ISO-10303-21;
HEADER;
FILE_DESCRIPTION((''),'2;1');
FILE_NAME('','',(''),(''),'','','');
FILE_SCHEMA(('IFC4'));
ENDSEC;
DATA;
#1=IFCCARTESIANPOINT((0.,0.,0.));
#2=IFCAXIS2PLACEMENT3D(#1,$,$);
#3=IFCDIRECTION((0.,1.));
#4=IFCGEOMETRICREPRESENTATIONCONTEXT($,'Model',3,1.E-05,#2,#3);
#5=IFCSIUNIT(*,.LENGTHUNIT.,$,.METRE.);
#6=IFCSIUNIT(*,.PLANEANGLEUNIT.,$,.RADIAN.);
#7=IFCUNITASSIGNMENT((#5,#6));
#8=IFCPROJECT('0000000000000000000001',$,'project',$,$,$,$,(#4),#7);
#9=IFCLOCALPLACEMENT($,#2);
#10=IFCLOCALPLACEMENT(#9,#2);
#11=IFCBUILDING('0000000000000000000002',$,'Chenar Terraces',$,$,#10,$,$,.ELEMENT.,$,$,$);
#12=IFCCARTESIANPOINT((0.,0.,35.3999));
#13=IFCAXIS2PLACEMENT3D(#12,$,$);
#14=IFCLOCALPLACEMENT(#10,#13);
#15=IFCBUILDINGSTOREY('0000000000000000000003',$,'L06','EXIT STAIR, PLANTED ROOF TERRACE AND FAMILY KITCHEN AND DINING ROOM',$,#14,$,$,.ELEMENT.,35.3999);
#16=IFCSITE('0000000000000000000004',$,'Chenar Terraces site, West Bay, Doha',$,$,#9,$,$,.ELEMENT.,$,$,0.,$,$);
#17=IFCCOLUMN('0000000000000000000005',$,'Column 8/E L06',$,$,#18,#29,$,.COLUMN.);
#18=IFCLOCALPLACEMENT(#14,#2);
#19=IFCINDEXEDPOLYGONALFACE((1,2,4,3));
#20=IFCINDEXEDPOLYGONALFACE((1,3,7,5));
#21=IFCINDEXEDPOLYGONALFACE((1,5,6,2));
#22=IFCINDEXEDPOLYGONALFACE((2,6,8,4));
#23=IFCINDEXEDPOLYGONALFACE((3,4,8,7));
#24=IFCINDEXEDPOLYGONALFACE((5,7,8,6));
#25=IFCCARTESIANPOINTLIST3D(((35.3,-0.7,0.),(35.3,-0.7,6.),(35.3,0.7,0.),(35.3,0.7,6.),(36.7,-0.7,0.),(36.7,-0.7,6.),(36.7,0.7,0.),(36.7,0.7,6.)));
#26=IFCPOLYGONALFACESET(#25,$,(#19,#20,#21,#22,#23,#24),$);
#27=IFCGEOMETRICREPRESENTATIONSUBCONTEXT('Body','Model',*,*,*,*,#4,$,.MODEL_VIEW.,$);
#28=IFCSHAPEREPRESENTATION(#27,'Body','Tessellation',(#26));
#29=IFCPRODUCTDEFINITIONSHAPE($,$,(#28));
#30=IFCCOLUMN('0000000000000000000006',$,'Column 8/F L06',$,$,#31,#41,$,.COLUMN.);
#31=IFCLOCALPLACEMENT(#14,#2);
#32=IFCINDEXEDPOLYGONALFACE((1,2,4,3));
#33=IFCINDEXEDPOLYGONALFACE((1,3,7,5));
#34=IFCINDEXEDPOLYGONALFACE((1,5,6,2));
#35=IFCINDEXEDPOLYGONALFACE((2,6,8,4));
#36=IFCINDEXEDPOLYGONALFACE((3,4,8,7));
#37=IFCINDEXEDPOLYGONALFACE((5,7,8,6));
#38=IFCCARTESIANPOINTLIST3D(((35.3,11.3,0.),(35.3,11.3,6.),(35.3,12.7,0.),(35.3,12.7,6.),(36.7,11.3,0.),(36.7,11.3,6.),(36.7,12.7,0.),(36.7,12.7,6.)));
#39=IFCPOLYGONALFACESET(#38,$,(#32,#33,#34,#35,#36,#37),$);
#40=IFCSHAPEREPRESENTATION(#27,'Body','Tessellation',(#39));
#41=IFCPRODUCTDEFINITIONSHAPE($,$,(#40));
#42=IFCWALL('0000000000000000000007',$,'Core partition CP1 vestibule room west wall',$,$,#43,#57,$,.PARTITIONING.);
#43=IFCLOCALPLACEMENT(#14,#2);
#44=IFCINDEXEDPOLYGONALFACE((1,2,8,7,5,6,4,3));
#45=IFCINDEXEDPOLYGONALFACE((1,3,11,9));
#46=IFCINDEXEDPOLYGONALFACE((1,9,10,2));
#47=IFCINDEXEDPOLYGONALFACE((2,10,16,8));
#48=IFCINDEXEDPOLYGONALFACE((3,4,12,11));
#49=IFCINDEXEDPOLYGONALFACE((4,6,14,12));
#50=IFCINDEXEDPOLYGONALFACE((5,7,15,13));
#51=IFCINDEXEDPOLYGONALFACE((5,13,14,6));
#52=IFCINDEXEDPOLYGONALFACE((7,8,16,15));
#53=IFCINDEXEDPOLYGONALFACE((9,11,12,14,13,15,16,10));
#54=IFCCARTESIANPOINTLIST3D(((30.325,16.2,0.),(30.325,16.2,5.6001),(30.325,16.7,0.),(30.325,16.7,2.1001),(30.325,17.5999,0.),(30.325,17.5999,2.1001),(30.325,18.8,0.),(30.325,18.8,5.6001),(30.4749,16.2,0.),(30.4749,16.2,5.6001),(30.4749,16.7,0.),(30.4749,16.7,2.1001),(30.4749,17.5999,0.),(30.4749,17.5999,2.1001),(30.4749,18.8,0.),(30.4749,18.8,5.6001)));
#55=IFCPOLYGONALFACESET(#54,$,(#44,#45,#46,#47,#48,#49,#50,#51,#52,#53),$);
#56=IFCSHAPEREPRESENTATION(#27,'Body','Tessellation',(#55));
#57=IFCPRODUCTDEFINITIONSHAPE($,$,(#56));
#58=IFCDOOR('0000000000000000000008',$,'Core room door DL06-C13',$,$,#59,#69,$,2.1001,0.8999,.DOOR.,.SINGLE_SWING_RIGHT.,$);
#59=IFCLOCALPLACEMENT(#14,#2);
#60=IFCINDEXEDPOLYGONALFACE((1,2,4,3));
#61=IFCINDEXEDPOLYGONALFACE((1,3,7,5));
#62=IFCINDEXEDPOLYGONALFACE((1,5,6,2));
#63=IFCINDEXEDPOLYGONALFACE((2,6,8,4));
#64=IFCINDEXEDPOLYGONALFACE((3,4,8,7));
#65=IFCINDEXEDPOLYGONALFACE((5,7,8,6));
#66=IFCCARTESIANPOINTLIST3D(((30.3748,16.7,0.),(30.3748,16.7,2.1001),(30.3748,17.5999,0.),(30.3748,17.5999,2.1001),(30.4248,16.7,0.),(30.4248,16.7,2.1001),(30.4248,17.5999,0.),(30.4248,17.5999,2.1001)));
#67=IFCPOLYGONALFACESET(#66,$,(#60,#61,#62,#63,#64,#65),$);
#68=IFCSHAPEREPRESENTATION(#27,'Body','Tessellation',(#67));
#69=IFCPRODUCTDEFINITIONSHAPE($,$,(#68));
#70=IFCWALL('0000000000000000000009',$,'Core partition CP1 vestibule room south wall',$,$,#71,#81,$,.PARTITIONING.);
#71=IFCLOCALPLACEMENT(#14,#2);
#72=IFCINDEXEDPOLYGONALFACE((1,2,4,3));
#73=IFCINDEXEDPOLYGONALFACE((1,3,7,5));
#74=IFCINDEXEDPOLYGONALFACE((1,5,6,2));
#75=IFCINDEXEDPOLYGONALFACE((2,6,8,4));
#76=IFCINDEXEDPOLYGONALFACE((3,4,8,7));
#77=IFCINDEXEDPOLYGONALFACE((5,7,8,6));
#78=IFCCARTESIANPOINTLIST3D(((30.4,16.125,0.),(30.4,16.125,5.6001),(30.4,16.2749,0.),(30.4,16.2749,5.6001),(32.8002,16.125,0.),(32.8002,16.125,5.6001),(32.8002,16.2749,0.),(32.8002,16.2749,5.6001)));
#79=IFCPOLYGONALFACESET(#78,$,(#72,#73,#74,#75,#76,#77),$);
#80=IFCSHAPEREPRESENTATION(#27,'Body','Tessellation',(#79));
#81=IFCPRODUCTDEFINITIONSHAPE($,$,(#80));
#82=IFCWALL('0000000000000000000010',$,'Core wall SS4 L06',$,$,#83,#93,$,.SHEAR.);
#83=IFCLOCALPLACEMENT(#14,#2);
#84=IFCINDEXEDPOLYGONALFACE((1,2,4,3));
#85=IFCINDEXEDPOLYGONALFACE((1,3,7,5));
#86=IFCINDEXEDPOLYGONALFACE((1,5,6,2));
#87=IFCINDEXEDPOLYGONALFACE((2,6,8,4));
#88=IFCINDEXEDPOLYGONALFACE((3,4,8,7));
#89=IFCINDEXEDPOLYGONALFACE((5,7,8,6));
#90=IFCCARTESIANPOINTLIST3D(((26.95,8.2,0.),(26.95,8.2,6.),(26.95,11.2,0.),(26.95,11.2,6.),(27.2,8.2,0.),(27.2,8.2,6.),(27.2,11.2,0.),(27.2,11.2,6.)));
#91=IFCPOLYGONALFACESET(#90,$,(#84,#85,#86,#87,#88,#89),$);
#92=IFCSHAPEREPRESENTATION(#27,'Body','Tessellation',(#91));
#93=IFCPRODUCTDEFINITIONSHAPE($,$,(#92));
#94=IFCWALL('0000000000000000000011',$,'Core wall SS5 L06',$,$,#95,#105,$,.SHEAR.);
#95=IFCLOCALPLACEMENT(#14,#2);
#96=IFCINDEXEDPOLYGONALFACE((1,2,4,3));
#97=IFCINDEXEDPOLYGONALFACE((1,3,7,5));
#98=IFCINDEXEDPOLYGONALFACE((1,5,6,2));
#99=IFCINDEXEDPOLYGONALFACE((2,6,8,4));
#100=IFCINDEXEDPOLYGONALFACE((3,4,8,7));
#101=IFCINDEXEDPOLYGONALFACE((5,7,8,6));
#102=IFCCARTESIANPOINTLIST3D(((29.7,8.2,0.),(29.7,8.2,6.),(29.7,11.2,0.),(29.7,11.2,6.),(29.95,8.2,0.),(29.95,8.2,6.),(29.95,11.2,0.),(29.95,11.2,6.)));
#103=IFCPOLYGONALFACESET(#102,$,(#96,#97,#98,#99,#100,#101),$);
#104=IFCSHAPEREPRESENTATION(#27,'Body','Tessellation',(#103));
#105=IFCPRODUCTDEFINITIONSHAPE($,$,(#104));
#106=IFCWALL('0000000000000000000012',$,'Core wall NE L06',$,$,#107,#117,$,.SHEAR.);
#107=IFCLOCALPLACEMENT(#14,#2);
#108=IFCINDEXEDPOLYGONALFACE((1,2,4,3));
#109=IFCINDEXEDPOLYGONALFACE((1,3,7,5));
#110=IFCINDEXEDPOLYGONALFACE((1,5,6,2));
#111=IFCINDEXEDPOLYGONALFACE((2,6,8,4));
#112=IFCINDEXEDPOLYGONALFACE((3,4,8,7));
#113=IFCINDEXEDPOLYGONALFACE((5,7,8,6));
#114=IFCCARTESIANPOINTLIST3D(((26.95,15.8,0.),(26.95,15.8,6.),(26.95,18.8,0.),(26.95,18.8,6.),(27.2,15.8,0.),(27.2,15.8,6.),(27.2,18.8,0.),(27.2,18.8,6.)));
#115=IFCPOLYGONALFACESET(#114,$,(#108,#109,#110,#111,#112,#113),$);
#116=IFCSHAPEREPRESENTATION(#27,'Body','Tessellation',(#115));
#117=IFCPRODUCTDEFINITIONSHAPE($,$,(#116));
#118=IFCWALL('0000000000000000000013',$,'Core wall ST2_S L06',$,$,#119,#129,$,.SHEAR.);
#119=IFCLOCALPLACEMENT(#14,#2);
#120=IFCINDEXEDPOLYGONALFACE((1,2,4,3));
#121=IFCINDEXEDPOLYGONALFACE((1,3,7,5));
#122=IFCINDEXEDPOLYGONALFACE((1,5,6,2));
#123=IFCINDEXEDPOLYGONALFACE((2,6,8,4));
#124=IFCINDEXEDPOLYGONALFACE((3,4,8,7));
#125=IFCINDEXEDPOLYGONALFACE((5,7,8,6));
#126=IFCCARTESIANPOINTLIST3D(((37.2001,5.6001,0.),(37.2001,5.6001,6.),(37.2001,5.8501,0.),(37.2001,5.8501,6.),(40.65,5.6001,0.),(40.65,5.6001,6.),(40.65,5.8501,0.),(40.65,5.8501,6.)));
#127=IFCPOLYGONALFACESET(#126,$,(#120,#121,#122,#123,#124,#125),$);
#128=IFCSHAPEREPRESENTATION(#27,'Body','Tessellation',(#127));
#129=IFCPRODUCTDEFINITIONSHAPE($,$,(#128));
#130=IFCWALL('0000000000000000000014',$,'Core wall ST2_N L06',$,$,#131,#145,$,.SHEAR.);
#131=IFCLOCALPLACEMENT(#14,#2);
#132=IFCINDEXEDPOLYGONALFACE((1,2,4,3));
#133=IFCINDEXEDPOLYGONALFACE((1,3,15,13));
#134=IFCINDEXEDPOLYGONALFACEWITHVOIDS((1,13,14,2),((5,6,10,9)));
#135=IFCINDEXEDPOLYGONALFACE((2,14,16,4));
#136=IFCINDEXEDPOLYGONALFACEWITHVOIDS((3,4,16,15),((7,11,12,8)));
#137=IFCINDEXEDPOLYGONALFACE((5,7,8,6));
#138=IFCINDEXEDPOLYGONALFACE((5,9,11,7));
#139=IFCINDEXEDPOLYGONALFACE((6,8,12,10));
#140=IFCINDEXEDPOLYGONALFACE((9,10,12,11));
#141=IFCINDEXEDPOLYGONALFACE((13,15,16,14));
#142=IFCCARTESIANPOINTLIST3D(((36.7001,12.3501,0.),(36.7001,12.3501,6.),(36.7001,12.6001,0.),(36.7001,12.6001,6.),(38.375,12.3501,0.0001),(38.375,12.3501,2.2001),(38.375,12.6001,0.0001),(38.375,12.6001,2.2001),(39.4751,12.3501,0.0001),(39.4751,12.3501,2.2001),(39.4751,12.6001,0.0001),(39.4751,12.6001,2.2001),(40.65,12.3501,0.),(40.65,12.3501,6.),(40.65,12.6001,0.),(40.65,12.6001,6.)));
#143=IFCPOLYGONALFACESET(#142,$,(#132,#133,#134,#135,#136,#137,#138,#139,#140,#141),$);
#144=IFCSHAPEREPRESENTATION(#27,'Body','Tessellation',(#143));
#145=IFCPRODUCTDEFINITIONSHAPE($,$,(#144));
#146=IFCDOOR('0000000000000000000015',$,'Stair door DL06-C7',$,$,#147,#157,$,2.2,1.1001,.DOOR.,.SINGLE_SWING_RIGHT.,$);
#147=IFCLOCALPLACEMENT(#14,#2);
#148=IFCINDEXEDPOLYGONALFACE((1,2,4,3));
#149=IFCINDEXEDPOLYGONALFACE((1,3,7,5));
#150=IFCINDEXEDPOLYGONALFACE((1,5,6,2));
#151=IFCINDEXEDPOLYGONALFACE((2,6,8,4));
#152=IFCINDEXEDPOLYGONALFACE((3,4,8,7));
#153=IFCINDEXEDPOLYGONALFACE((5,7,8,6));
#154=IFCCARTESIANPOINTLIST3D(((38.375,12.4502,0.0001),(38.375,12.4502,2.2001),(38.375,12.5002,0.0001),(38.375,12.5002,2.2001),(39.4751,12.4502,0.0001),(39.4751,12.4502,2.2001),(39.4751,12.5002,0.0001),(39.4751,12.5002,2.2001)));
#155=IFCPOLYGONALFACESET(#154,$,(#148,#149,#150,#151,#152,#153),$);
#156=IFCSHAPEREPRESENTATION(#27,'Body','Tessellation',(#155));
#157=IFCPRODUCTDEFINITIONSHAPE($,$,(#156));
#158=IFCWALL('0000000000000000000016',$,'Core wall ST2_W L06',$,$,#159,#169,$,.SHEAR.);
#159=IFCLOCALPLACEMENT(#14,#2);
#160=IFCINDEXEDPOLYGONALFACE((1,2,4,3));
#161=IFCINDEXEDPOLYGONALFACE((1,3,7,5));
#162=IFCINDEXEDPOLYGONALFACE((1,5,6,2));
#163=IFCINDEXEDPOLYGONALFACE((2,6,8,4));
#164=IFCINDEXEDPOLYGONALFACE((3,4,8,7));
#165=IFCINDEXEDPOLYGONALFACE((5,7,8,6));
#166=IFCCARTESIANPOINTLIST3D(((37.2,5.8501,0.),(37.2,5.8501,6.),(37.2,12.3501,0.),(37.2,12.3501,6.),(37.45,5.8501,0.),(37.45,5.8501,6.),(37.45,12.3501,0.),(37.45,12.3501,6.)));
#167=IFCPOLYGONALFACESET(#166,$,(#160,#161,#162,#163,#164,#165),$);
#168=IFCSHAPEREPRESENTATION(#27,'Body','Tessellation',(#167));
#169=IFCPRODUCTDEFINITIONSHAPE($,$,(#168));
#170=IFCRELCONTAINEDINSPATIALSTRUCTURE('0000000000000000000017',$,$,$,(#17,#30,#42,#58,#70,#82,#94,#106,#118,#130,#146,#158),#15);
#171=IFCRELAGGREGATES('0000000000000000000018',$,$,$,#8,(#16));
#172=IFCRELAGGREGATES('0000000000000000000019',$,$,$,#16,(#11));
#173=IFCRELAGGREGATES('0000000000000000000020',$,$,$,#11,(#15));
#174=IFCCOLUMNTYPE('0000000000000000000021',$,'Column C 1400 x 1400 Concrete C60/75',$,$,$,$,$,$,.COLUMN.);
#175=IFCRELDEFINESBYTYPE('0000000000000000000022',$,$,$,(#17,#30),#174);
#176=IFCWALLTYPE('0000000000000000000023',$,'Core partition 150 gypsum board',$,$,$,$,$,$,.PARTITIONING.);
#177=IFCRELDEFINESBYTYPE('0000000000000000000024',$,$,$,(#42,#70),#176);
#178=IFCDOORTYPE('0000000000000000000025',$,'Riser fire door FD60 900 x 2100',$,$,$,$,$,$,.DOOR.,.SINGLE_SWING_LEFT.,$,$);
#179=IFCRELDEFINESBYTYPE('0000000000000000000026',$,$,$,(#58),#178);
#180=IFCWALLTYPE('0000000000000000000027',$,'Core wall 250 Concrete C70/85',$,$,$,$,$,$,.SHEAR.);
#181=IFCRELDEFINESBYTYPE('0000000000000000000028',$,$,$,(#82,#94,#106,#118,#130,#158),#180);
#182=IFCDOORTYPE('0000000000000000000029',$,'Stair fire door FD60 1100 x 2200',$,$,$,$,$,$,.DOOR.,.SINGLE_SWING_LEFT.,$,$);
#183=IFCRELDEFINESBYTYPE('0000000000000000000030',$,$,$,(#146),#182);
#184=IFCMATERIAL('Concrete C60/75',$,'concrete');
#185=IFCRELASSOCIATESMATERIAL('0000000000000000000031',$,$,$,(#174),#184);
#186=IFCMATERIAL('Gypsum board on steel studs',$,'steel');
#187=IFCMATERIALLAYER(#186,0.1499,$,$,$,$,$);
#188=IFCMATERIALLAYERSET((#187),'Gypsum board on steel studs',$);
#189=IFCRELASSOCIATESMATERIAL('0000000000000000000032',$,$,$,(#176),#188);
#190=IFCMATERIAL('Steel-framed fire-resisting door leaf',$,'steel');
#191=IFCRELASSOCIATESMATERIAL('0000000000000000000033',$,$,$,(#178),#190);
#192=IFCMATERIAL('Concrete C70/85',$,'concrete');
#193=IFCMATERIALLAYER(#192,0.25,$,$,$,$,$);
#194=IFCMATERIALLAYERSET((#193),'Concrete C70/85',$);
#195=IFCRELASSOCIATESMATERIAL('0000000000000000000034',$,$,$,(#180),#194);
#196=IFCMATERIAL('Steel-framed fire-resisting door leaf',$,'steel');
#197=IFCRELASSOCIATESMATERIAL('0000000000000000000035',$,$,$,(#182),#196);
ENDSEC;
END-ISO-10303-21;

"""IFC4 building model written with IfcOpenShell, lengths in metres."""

from ifc_helpers import new_model, si_unit, direction, frame, frame_2d, origin, origin_2d, place, context, subcontext, project, spatial, rectangle, extrude, material, layer, layer_set, material_profile, profile_set, type_object, element, fill, save


model = new_model("IFC4")

# Units and contexts
model_context = context("Model", 3, precision=1e-05, world=origin(), true_north=direction((0.0, 1.0)))
body_context = subcontext(model_context, "Body", "Model", "MODEL_VIEW")
ifc_project = project(units=[si_unit("LENGTHUNIT", "METRE"), si_unit("PLANEANGLEUNIT", "RADIAN")], contexts=[model_context])

# Site, building, storey
site_placement = place(None, origin())
site = spatial("IfcSite", under=ifc_project, at=site_placement, Name="Chenar Terraces site, West Bay, Doha", CompositionType="ELEMENT", RefElevation=0.0)
building_placement = place(site_placement, origin())
building = spatial("IfcBuilding", under=site, at=building_placement, Name="Chenar Terraces", CompositionType="ELEMENT")
storey_placement = place(building_placement, frame((0.0, 0.0, 35.3999)))
storey = spatial("IfcBuildingStorey", under=building, at=storey_placement, Name="L06", Description="EXIT STAIR, PLANTED ROOF TERRACE AND FAMILY KITCHEN AND DINING ROOM", CompositionType="ELEMENT", Elevation=35.3999)

# Columns
ifc_material_1 = material(Name="Concrete C60/75", Category="concrete")
ifc_material_profile_1 = material_profile(ifc_material_1, rectangle(XDim=1.3999, YDim=1.3999, at=origin_2d()), Name="C 1400 x 1400")
ifc_profile_set_1 = profile_set([ifc_material_profile_1], Name="Concrete C60/75")
column_type = type_object("IfcColumnType", Name="Column C 1400 x 1400 Concrete C60/75", PredefinedType="COLUMN", material=ifc_profile_set_1)
for number, where, z_axis, x_axis, name in (
    (1, (36.0, 0.0, 0.0), (0.0, 0.0, 1.0), (1.0, 0.0, 0.0), "Column 8/E L06"),
    (2, (36.0, 12.0, 0.0), (0.0, 0.0, 1.0), (1.0, 0.0, 0.0), "Column 8/F L06"),
):
    element("IfcColumn", number, at=place(storey_placement, frame(where, z_axis=z_axis, x_axis=x_axis)), inside=storey, type_object=column_type, Name=name, PredefinedType="COLUMN", context=body_context, shape_type="SweptSolid", body=[
        extrude(rectangle(XDim=1.3999, YDim=1.3999, at=origin_2d()), origin(), (0.0, 0.0, 1.0), 6.0),
    ])

# Wall, opening, door
ifc_material_2 = material(Name="Gypsum board on steel studs", Category="steel")
ifc_layer_1 = layer(ifc_material_2, 0.1499)
ifc_layer_set_1 = layer_set([ifc_layer_1], Name="Gypsum board on steel studs")
wall_type_1 = type_object("IfcWallType", Name="Core partition 150 gypsum board", PredefinedType="PARTITIONING", material=ifc_layer_set_1)
wall_1_placement = place(storey_placement, frame((30.3999, 16.2, 0.0), z_axis=(0.0, 0.0, 1.0), x_axis=(0.0, 1.0, 0.0)))
wall_1 = element("IfcWall", 3, at=wall_1_placement, inside=storey, type_object=wall_type_1, Name="Core partition CP1 vestibule room west wall", PredefinedType="PARTITIONING", context=body_context, shape_type="SweptSolid", body=[
    extrude(rectangle(XDim=2.6001, YDim=0.1499, at=frame_2d((1.3, 0.0))), origin(), (0.0, 0.0, 1.0), 5.6001),
])
opening_1_placement = place(wall_1_placement, frame((0.5, 0.0, 0.0)))
opening_1 = element("IfcOpeningElement", 4, at=opening_1_placement, cuts=wall_1, PredefinedType="OPENING", context=body_context, shape_type="SweptSolid", body=[
    extrude(rectangle(XDim=0.8999, YDim=2.1001, at=frame_2d((0.45, 1.05))), frame((0.0, 0.085, 0.0), z_axis=(0.0, -1.0, 0.0), x_axis=(1.0, 0.0, 0.0)), (0.0, 0.0, 1.0), 0.1699),
])
ifc_material_3 = material(Name="Steel-framed fire-resisting door leaf", Category="steel")
door_type_1 = type_object("IfcDoorType", Name="Riser fire door FD60 900 x 2100", OperationType="SINGLE_SWING_LEFT", PredefinedType="DOOR", material=ifc_material_3)
door_1_placement = place(opening_1_placement, frame((0.8999, 0.0, 0.0), z_axis=(0.0, 0.0, 1.0), x_axis=(-1.0, 0.0, 0.0)))
door_1 = element("IfcDoor", 5, at=door_1_placement, inside=storey, type_object=door_type_1, Name="Core room door DL06-C13", OperationType="SINGLE_SWING_RIGHT", OverallHeight=2.1001, OverallWidth=0.8999, PredefinedType="DOOR", context=body_context, shape_type="SweptSolid", body=[
    extrude(rectangle(XDim=0.8999, YDim=2.1001, at=frame_2d((0.45, 1.05))), frame((0.0, 0.0249, 0.0), z_axis=(0.0, -1.0, 0.0), x_axis=(1.0, 0.0, 0.0)), (0.0, 0.0, 1.0), 0.05),
])
fill(opening_1, door_1)

# Wall
wall_2_placement = place(storey_placement, frame((30.3999, 16.2, 0.0), z_axis=(0.0, 0.0, 1.0), x_axis=(1.0, 0.0, 0.0)))
element("IfcWall", 6, at=wall_2_placement, inside=storey, type_object=wall_type_1, Name="Core partition CP1 vestibule room south wall", PredefinedType="PARTITIONING", context=body_context, shape_type="SweptSolid", body=[
    extrude(rectangle(XDim=2.4001, YDim=0.1499, at=frame_2d((1.2002, 0.0))), origin(), (0.0, 0.0, 1.0), 5.6001),
])

# Walls
ifc_material_4 = material(Name="Concrete C70/85", Category="concrete")
ifc_layer_2 = layer(ifc_material_4, 0.25)
ifc_layer_set_2 = layer_set([ifc_layer_2], Name="Concrete C70/85")
wall_type_2 = type_object("IfcWallType", Name="Core wall 250 Concrete C70/85", PredefinedType="SHEAR", material=ifc_layer_set_2)
for number, where, z_axis, x_axis, name in (
    (7, (27.075, 8.2, 0.0), (0.0, 0.0, 1.0), (0.0, 1.0, 0.0), "Core wall SS4 L06"),
    (8, (29.825, 8.2, 0.0), (0.0, 0.0, 1.0), (0.0, 1.0, 0.0), "Core wall SS5 L06"),
    (9, (27.075, 15.8, 0.0), (0.0, 0.0, 1.0), (0.0, 1.0, 0.0), "Core wall NE L06"),
):
    element("IfcWall", number, at=place(storey_placement, frame(where, z_axis=z_axis, x_axis=x_axis)), inside=storey, type_object=wall_type_2, Name=name, PredefinedType="SHEAR", context=body_context, shape_type="SweptSolid", body=[
        extrude(rectangle(XDim=3.0, YDim=0.25, at=frame_2d((1.5, 0.0))), origin(), (0.0, 0.0, 1.0), 6.0),
    ])
wall_3_placement = place(storey_placement, frame((37.2, 5.7251, 0.0), z_axis=(0.0, 0.0, 1.0), x_axis=(1.0, 0.0, 0.0)))
element("IfcWall", 10, at=wall_3_placement, inside=storey, type_object=wall_type_2, Name="Core wall ST2_S L06", PredefinedType="SHEAR", context=body_context, shape_type="SweptSolid", body=[
    extrude(rectangle(XDim=3.45, YDim=0.25, at=frame_2d((1.7251, 0.0))), origin(), (0.0, 0.0, 1.0), 6.0),
])

# Wall, opening, door
wall_4_placement = place(storey_placement, frame((36.7, 12.4751, 0.0), z_axis=(0.0, 0.0, 1.0), x_axis=(1.0, 0.0, 0.0)))
wall_4 = element("IfcWall", 11, at=wall_4_placement, inside=storey, type_object=wall_type_2, Name="Core wall ST2_N L06", PredefinedType="SHEAR", context=body_context, shape_type="SweptSolid", body=[
    extrude(rectangle(XDim=3.95, YDim=0.25, at=frame_2d((1.9751, 0.0))), origin(), (0.0, 0.0, 1.0), 6.0),
])
opening_2_placement = place(wall_4_placement, frame((1.675, 0.0, 0.0)))
opening_2 = element("IfcOpeningElement", 12, at=opening_2_placement, cuts=wall_4, PredefinedType="OPENING", context=body_context, shape_type="SweptSolid", body=[
    extrude(rectangle(XDim=1.1001, YDim=2.2, at=frame_2d((0.55, 1.1001))), frame((0.0, 0.135, 0.0), z_axis=(0.0, -1.0, 0.0), x_axis=(1.0, 0.0, 0.0)), (0.0, 0.0, 1.0), 0.27),
])
ifc_material_5 = material(Name="Steel-framed fire-resisting door leaf", Category="steel")
door_type_2 = type_object("IfcDoorType", Name="Stair fire door FD60 1100 x 2200", OperationType="SINGLE_SWING_LEFT", PredefinedType="DOOR", material=ifc_material_5)
door_2_placement = place(opening_2_placement, frame((1.1001, 0.0, 0.0), z_axis=(0.0, 0.0, 1.0), x_axis=(-1.0, 0.0, 0.0)))
door_2 = element("IfcDoor", 13, at=door_2_placement, inside=storey, type_object=door_type_2, Name="Stair door DL06-C7", OperationType="SINGLE_SWING_RIGHT", OverallHeight=2.2, OverallWidth=1.1001, PredefinedType="DOOR", context=body_context, shape_type="SweptSolid", body=[
    extrude(rectangle(XDim=1.1001, YDim=2.2, at=frame_2d((0.55, 1.1001))), frame((0.0, 0.0249, 0.0), z_axis=(0.0, -1.0, 0.0), x_axis=(1.0, 0.0, 0.0)), (0.0, 0.0, 1.0), 0.05),
])
fill(opening_2, door_2)

# Wall
wall_5_placement = place(storey_placement, frame((37.325, 5.8501, 0.0), z_axis=(0.0, 0.0, 1.0), x_axis=(0.0, 1.0, 0.0)))
element("IfcWall", 14, at=wall_5_placement, inside=storey, type_object=wall_type_2, Name="Core wall ST2_W L06", PredefinedType="SHEAR", context=body_context, shape_type="SweptSolid", body=[
    extrude(rectangle(XDim=6.5, YDim=0.25, at=frame_2d((3.25, 0.0))), origin(), (0.0, 0.0, 1.0), 6.0),
])

save(model, "model.ifc")
